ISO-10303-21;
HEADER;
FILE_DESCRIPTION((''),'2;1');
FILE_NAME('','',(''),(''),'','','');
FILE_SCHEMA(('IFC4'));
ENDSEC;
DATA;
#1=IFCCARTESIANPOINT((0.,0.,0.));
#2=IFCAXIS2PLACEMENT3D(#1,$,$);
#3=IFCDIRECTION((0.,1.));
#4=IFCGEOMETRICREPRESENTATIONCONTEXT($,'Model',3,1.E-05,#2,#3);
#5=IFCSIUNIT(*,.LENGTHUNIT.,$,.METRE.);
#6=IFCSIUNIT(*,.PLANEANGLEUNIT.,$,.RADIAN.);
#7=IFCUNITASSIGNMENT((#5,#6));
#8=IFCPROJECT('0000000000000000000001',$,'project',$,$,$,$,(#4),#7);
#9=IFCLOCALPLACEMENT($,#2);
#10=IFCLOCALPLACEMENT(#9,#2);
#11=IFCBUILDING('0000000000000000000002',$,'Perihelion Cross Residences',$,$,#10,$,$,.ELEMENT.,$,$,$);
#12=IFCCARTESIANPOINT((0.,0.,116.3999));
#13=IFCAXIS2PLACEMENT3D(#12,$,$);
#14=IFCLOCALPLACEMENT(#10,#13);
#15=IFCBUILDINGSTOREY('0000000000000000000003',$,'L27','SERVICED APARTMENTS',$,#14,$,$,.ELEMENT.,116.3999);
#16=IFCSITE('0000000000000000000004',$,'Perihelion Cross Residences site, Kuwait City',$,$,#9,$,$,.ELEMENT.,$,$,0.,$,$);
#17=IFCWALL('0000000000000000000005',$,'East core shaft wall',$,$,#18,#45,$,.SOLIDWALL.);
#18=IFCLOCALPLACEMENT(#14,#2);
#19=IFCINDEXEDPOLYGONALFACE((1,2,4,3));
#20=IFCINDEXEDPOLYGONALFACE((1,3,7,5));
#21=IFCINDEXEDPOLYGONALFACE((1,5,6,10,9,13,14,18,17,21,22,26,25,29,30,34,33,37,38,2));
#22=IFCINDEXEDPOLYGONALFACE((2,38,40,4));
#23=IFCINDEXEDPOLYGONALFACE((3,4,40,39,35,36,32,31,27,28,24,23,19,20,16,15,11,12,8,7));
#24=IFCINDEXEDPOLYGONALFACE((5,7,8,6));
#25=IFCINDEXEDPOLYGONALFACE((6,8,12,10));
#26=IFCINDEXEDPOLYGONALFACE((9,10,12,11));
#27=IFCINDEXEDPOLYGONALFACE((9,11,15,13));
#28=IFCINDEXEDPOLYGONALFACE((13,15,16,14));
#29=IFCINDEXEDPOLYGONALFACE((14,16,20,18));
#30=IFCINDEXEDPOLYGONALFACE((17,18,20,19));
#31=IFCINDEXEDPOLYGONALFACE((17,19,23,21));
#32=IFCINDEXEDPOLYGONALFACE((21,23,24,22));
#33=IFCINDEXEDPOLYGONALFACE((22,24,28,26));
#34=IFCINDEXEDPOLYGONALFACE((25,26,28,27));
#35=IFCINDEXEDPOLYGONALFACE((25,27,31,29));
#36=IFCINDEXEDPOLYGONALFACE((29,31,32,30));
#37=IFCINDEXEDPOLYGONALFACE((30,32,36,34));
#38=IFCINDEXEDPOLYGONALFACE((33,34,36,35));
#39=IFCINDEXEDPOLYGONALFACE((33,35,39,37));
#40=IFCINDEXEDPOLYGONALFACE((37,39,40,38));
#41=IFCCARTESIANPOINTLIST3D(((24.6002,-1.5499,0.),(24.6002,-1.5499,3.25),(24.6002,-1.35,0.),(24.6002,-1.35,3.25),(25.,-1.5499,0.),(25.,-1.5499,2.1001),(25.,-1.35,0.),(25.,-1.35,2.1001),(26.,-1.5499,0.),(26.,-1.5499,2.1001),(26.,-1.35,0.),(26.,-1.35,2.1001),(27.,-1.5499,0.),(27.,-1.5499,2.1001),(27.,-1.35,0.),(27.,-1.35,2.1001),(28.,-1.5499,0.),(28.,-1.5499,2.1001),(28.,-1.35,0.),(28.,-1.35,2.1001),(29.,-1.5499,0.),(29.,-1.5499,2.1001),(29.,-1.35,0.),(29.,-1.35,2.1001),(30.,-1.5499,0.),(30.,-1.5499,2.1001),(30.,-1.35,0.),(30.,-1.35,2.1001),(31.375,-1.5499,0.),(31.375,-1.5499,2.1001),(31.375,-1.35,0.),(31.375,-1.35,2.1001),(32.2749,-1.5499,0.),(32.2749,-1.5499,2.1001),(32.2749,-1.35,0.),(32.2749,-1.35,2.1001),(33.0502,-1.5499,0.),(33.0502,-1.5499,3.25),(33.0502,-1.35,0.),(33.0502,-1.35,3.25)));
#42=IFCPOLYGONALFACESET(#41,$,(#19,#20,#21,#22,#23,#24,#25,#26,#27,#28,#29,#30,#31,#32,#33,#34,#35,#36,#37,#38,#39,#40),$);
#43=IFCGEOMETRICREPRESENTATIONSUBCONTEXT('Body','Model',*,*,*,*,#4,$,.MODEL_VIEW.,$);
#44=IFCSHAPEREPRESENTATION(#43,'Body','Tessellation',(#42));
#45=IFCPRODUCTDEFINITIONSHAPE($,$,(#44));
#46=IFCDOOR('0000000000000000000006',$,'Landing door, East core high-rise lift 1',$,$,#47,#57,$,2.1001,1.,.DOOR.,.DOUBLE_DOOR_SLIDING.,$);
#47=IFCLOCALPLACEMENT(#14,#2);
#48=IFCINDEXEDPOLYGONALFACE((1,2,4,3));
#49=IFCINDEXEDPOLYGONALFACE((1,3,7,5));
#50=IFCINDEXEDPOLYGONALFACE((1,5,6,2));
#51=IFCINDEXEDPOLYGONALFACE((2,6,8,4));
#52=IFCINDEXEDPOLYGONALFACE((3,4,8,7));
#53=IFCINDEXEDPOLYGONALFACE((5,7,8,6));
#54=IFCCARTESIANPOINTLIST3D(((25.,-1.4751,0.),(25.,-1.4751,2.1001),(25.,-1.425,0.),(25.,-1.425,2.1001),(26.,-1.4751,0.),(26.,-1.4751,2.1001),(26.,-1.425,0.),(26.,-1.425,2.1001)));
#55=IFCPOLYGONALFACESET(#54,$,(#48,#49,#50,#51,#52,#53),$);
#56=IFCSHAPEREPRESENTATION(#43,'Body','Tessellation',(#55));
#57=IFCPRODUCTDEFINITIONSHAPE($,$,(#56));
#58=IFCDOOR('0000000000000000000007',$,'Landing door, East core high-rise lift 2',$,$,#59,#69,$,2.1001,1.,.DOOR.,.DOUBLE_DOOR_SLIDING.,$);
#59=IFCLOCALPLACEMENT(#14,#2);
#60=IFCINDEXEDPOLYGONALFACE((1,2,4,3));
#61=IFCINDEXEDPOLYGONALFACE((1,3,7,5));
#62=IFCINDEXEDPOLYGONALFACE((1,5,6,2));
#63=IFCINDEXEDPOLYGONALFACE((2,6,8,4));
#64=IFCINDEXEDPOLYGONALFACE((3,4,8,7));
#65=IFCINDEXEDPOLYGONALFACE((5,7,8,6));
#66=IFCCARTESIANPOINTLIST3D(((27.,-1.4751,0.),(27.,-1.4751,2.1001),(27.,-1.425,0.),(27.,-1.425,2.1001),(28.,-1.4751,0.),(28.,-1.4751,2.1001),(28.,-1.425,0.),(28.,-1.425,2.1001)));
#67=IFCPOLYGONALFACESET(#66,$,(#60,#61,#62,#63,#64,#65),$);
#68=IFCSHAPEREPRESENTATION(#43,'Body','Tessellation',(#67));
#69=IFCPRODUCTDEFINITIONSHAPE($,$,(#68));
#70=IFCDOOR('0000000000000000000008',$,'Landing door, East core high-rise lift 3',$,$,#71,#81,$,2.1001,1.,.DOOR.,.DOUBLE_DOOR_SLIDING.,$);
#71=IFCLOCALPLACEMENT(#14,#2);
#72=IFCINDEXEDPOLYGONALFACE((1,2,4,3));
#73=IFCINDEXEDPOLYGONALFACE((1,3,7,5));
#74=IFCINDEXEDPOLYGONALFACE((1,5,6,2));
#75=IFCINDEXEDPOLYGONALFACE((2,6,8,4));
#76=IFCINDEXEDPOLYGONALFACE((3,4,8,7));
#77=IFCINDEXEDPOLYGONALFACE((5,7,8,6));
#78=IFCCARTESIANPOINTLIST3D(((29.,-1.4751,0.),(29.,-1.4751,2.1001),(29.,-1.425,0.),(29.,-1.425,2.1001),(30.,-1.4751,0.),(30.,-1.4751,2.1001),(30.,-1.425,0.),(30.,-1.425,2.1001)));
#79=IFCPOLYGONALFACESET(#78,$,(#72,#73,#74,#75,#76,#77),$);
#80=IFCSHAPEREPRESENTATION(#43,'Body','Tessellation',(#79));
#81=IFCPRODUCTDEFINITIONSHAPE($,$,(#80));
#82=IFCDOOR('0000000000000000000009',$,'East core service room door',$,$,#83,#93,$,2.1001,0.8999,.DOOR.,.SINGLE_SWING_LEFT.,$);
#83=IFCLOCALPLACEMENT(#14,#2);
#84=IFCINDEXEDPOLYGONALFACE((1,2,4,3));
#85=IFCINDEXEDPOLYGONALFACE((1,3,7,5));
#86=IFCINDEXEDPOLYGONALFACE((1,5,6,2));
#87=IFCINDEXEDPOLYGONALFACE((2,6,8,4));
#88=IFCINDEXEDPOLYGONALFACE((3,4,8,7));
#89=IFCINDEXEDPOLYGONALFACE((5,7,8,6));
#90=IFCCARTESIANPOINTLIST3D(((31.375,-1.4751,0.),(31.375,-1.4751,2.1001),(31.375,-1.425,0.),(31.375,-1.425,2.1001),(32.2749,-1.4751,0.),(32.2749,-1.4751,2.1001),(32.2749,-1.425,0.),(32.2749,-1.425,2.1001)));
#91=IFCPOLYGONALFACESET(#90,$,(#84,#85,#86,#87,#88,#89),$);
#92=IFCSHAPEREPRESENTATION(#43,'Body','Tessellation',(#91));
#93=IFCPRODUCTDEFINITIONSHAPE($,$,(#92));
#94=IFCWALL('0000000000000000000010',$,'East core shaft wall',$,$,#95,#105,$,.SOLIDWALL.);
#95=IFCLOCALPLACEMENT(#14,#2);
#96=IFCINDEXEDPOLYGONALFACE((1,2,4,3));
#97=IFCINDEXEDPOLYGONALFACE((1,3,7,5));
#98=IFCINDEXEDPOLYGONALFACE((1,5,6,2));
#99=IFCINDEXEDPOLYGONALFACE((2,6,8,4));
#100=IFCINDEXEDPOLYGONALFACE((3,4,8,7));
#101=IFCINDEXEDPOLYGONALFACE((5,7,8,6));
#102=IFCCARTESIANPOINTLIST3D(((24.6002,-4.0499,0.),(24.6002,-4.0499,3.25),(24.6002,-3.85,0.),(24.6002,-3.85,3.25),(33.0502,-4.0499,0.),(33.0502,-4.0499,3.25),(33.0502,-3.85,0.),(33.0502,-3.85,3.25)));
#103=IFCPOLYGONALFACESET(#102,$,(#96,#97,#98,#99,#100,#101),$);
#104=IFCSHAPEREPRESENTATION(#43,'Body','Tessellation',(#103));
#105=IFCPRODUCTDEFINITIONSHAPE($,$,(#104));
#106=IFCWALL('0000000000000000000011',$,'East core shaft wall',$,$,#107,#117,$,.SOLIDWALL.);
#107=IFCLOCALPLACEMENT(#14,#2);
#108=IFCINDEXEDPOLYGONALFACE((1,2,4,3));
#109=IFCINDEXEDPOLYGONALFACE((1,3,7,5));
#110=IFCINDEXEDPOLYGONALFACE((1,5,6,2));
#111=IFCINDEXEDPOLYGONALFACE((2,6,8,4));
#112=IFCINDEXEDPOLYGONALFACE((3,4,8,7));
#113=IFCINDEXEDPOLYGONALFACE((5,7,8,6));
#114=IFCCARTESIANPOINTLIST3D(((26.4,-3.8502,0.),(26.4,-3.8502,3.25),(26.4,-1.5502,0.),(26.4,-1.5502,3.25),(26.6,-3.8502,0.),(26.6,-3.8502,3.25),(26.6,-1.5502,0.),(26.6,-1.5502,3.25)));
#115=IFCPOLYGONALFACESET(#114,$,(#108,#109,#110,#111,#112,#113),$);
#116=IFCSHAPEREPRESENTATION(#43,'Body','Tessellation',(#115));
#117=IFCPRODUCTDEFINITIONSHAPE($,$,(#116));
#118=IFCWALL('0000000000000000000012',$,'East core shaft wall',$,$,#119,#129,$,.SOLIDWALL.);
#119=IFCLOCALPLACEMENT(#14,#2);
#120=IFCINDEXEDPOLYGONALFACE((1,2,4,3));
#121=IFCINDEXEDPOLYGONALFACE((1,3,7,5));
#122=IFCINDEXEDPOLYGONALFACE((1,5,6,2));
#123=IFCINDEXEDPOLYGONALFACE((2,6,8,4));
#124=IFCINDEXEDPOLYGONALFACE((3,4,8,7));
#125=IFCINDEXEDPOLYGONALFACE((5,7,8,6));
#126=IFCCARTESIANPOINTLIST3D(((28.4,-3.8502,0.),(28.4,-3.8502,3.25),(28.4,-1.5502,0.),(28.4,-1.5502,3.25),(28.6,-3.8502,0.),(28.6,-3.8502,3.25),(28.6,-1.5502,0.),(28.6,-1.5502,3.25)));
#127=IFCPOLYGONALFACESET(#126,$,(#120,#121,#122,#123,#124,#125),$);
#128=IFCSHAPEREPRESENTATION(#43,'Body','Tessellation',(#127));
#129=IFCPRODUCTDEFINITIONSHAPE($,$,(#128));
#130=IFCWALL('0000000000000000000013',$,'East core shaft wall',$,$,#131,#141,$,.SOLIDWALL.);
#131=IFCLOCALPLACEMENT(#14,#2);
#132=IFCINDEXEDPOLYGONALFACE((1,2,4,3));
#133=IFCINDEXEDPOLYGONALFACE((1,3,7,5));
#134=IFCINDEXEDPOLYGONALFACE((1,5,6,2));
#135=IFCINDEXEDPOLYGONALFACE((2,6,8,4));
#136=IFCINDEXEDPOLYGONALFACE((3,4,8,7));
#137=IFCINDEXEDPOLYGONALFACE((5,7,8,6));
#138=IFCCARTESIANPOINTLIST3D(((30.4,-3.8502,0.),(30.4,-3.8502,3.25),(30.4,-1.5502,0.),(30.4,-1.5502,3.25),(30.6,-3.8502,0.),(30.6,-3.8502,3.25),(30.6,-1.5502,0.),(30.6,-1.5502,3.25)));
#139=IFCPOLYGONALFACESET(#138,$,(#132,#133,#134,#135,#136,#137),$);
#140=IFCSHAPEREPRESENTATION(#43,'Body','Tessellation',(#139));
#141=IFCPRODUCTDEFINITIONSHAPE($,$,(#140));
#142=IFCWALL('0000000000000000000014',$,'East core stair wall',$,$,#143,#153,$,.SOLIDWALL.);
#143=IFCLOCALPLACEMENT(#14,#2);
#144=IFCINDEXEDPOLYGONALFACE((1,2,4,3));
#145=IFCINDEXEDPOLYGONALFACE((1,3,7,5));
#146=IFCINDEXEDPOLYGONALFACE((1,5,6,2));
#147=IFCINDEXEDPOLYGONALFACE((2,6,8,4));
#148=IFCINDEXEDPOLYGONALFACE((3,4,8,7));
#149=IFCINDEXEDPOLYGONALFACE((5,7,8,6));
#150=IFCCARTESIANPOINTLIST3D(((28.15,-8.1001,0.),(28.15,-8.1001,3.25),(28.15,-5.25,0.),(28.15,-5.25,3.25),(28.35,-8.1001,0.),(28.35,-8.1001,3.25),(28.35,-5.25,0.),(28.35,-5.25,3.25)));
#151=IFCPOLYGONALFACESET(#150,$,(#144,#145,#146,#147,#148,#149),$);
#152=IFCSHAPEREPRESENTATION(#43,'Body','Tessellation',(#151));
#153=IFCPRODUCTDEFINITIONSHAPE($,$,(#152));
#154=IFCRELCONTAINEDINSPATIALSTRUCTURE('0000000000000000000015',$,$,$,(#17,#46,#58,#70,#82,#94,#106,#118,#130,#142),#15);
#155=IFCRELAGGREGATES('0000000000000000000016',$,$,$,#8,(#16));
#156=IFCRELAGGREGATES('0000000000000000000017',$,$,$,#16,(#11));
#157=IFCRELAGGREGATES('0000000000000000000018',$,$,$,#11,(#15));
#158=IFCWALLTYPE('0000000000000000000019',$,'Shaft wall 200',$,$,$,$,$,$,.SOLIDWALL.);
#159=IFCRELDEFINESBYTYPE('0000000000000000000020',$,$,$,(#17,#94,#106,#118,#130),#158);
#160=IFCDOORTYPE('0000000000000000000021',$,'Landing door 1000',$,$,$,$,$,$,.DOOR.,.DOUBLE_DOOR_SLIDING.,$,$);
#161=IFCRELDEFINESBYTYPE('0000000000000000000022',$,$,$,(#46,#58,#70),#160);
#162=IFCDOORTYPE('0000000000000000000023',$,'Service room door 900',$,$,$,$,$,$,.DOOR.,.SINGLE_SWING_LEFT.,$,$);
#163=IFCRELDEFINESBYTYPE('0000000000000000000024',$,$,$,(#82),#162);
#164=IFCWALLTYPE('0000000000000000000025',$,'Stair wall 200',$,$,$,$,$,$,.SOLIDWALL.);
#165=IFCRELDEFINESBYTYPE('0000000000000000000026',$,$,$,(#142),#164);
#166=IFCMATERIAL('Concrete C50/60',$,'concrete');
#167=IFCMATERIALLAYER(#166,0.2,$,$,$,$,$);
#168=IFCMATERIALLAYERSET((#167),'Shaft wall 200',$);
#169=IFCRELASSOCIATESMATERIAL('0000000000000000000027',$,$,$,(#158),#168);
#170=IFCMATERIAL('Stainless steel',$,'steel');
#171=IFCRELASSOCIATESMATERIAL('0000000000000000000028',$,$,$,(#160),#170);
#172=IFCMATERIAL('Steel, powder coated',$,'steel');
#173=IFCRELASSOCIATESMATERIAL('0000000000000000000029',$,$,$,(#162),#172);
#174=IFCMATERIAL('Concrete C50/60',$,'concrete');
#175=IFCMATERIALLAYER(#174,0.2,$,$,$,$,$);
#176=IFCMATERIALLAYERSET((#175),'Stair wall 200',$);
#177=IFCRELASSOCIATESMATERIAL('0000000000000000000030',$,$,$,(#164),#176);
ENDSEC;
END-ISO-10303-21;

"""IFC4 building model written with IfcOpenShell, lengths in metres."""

from ifc_helpers import new_model, si_unit, direction, frame, frame_2d, origin, place, context, subcontext, project, spatial, rectangle, extrude, material, layer, layer_set, type_object, element, fill, save


model = new_model("IFC4")

# Units and contexts
model_context = context("Model", 3, precision=1e-05, world=origin(), true_north=direction((0.0, 1.0)))
body_context = subcontext(model_context, "Body", "Model", "MODEL_VIEW")
ifc_project = project(units=[si_unit("LENGTHUNIT", "METRE"), si_unit("PLANEANGLEUNIT", "RADIAN")], contexts=[model_context])

# Site, building, storey
site_placement = place(None, origin())
site = spatial("IfcSite", under=ifc_project, at=site_placement, Name="Perihelion Cross Residences site, Kuwait City", CompositionType="ELEMENT", RefElevation=0.0)
building_placement = place(site_placement, origin())
building = spatial("IfcBuilding", under=site, at=building_placement, Name="Perihelion Cross Residences", CompositionType="ELEMENT")
storey_placement = place(building_placement, frame((0.0, 0.0, 116.3999)))
storey = spatial("IfcBuildingStorey", under=building, at=storey_placement, Name="L27", Description="SERVICED APARTMENTS", CompositionType="ELEMENT", Elevation=116.3999)

# Wall, openings, doors
ifc_material_1 = material(Name="Concrete C50/60", Category="concrete")
ifc_layer_1 = layer(ifc_material_1, 0.2)
ifc_layer_set_1 = layer_set([ifc_layer_1], Name="Shaft wall 200")
wall_type_1 = type_object("IfcWallType", Name="Shaft wall 200", PredefinedType="SOLIDWALL", material=ifc_layer_set_1)
wall_1_placement = place(storey_placement, frame((24.6001, -1.45, 0.0), z_axis=(0.0, 0.0, 1.0), x_axis=(1.0, 0.0, 0.0)))
wall_1 = element("IfcWall", 1, at=wall_1_placement, inside=storey, type_object=wall_type_1, Name="East core shaft wall", PredefinedType="SOLIDWALL", context=body_context, shape_type="SweptSolid", body=[
    extrude(rectangle(XDim=8.45, YDim=0.2, at=frame_2d((4.2251, 0.0))), origin(), (0.0, 0.0, 1.0), 3.25),
])
opening_1_placement = place(wall_1_placement, frame((0.3999, 0.0, 0.0)))
opening_1 = element("IfcOpeningElement", 2, at=opening_1_placement, cuts=wall_1, PredefinedType="OPENING", context=body_context, shape_type="SweptSolid", body=[
    extrude(rectangle(XDim=1.0, YDim=2.1001, at=frame_2d((0.5, 1.05))), frame((0.0, 0.1099, 0.0), z_axis=(0.0, -1.0, 0.0), x_axis=(1.0, 0.0, 0.0)), (0.0, 0.0, 1.0), 0.22),
])
opening_2_placement = place(wall_1_placement, frame((2.3999, 0.0, 0.0)))
opening_2 = element("IfcOpeningElement", 3, at=opening_2_placement, cuts=wall_1, PredefinedType="OPENING", context=body_context, shape_type="SweptSolid", body=[
    extrude(rectangle(XDim=1.0, YDim=2.1001, at=frame_2d((0.5, 1.05))), frame((0.0, 0.1099, 0.0), z_axis=(0.0, -1.0, 0.0), x_axis=(1.0, 0.0, 0.0)), (0.0, 0.0, 1.0), 0.22),
])
opening_3_placement = place(wall_1_placement, frame((4.3999, 0.0, 0.0)))
opening_3 = element("IfcOpeningElement", 4, at=opening_3_placement, cuts=wall_1, PredefinedType="OPENING", context=body_context, shape_type="SweptSolid", body=[
    extrude(rectangle(XDim=1.0, YDim=2.1001, at=frame_2d((0.5, 1.05))), frame((0.0, 0.1099, 0.0), z_axis=(0.0, -1.0, 0.0), x_axis=(1.0, 0.0, 0.0)), (0.0, 0.0, 1.0), 0.22),
])
opening_4_placement = place(wall_1_placement, frame((6.7749, 0.0, 0.0)))
opening_4 = element("IfcOpeningElement", 5, at=opening_4_placement, cuts=wall_1, PredefinedType="OPENING", context=body_context, shape_type="SweptSolid", body=[
    extrude(rectangle(XDim=0.8999, YDim=2.1001, at=frame_2d((0.45, 1.05))), frame((0.0, 0.1099, 0.0), z_axis=(0.0, -1.0, 0.0), x_axis=(1.0, 0.0, 0.0)), (0.0, 0.0, 1.0), 0.22),
])
ifc_material_2 = material(Name="Stainless steel", Category="steel")
door_type_1 = type_object("IfcDoorType", Name="Landing door 1000", OperationType="DOUBLE_DOOR_SLIDING", PredefinedType="DOOR", material=ifc_material_2)
door_1_placement = place(opening_1_placement, origin())
door_1 = element("IfcDoor", 6, at=door_1_placement, inside=storey, type_object=door_type_1, Name="Landing door, East core high-rise lift 1", OperationType="DOUBLE_DOOR_SLIDING", OverallHeight=2.1001, OverallWidth=1.0, PredefinedType="DOOR", context=body_context, shape_type="SweptSolid", body=[
    extrude(rectangle(XDim=1.0, YDim=2.1001, at=frame_2d((0.5, 1.05))), frame((0.0, 0.0249, 0.0), z_axis=(0.0, -1.0, 0.0), x_axis=(1.0, 0.0, 0.0)), (0.0, 0.0, 1.0), 0.05),
])
fill(opening_1, door_1)
door_2_placement = place(opening_2_placement, origin())
door_2 = element("IfcDoor", 7, at=door_2_placement, inside=storey, type_object=door_type_1, Name="Landing door, East core high-rise lift 2", OperationType="DOUBLE_DOOR_SLIDING", OverallHeight=2.1001, OverallWidth=1.0, PredefinedType="DOOR", context=body_context, shape_type="SweptSolid", body=[
    extrude(rectangle(XDim=1.0, YDim=2.1001, at=frame_2d((0.5, 1.05))), frame((0.0, 0.0249, 0.0), z_axis=(0.0, -1.0, 0.0), x_axis=(1.0, 0.0, 0.0)), (0.0, 0.0, 1.0), 0.05),
])
fill(opening_2, door_2)
door_3_placement = place(opening_3_placement, origin())
door_3 = element("IfcDoor", 8, at=door_3_placement, inside=storey, type_object=door_type_1, Name="Landing door, East core high-rise lift 3", OperationType="DOUBLE_DOOR_SLIDING", OverallHeight=2.1001, OverallWidth=1.0, PredefinedType="DOOR", context=body_context, shape_type="SweptSolid", body=[
    extrude(rectangle(XDim=1.0, YDim=2.1001, at=frame_2d((0.5, 1.05))), frame((0.0, 0.0249, 0.0), z_axis=(0.0, -1.0, 0.0), x_axis=(1.0, 0.0, 0.0)), (0.0, 0.0, 1.0), 0.05),
])
fill(opening_3, door_3)
ifc_material_3 = material(Name="Steel, powder coated", Category="steel")
door_type_2 = type_object("IfcDoorType", Name="Service room door 900", OperationType="SINGLE_SWING_LEFT", PredefinedType="DOOR", material=ifc_material_3)
door_4_placement = place(opening_4_placement, origin())
door_4 = element("IfcDoor", 9, at=door_4_placement, inside=storey, type_object=door_type_2, Name="East core service room door", OperationType="SINGLE_SWING_LEFT", OverallHeight=2.1001, OverallWidth=0.8999, PredefinedType="DOOR", context=body_context, shape_type="SweptSolid", body=[
    extrude(rectangle(XDim=0.8999, YDim=2.1001, at=frame_2d((0.45, 1.05))), frame((0.0, 0.0249, 0.0), z_axis=(0.0, -1.0, 0.0), x_axis=(1.0, 0.0, 0.0)), (0.0, 0.0, 1.0), 0.05),
])
fill(opening_4, door_4)

# Walls
wall_2_placement = place(storey_placement, frame((24.6001, -3.95, 0.0), z_axis=(0.0, 0.0, 1.0), x_axis=(1.0, 0.0, 0.0)))
element("IfcWall", 10, at=wall_2_placement, inside=storey, type_object=wall_type_1, Name="East core shaft wall", PredefinedType="SOLIDWALL", context=body_context, shape_type="SweptSolid", body=[
    extrude(rectangle(XDim=8.45, YDim=0.2, at=frame_2d((4.2251, 0.0))), origin(), (0.0, 0.0, 1.0), 3.25),
])
for number, where, z_axis, x_axis, name in (
    (11, (26.5, -3.8501, 0.0), (0.0, 0.0, 1.0), (0.0, 1.0, 0.0), "East core shaft wall"),
    (12, (28.5, -3.8501, 0.0), (0.0, 0.0, 1.0), (0.0, 1.0, 0.0), "East core shaft wall"),
    (13, (30.5, -3.8501, 0.0), (0.0, 0.0, 1.0), (0.0, 1.0, 0.0), "East core shaft wall"),
):
    element("IfcWall", number, at=place(storey_placement, frame(where, z_axis=z_axis, x_axis=x_axis)), inside=storey, type_object=wall_type_1, Name=name, PredefinedType="SOLIDWALL", context=body_context, shape_type="SweptSolid", body=[
        extrude(rectangle(XDim=2.3, YDim=0.2, at=frame_2d((1.1499, 0.0))), origin(), (0.0, 0.0, 1.0), 3.25),
    ])
ifc_material_4 = material(Name="Concrete C50/60", Category="concrete")
ifc_layer_2 = layer(ifc_material_4, 0.2)
ifc_layer_set_2 = layer_set([ifc_layer_2], Name="Stair wall 200")
wall_type_2 = type_object("IfcWallType", Name="Stair wall 200", PredefinedType="SOLIDWALL", material=ifc_layer_set_2)
wall_3_placement = place(storey_placement, frame((28.25, -8.1001, 0.0), z_axis=(0.0, 0.0, 1.0), x_axis=(0.0, 1.0, 0.0)))
element("IfcWall", 14, at=wall_3_placement, inside=storey, type_object=wall_type_2, Name="East core stair wall", PredefinedType="SOLIDWALL", context=body_context, shape_type="SweptSolid", body=[
    extrude(rectangle(XDim=2.8501, YDim=0.2, at=frame_2d((1.425, 0.0))), origin(), (0.0, 0.0, 1.0), 3.25),
])

save(model, "model.ifc")
